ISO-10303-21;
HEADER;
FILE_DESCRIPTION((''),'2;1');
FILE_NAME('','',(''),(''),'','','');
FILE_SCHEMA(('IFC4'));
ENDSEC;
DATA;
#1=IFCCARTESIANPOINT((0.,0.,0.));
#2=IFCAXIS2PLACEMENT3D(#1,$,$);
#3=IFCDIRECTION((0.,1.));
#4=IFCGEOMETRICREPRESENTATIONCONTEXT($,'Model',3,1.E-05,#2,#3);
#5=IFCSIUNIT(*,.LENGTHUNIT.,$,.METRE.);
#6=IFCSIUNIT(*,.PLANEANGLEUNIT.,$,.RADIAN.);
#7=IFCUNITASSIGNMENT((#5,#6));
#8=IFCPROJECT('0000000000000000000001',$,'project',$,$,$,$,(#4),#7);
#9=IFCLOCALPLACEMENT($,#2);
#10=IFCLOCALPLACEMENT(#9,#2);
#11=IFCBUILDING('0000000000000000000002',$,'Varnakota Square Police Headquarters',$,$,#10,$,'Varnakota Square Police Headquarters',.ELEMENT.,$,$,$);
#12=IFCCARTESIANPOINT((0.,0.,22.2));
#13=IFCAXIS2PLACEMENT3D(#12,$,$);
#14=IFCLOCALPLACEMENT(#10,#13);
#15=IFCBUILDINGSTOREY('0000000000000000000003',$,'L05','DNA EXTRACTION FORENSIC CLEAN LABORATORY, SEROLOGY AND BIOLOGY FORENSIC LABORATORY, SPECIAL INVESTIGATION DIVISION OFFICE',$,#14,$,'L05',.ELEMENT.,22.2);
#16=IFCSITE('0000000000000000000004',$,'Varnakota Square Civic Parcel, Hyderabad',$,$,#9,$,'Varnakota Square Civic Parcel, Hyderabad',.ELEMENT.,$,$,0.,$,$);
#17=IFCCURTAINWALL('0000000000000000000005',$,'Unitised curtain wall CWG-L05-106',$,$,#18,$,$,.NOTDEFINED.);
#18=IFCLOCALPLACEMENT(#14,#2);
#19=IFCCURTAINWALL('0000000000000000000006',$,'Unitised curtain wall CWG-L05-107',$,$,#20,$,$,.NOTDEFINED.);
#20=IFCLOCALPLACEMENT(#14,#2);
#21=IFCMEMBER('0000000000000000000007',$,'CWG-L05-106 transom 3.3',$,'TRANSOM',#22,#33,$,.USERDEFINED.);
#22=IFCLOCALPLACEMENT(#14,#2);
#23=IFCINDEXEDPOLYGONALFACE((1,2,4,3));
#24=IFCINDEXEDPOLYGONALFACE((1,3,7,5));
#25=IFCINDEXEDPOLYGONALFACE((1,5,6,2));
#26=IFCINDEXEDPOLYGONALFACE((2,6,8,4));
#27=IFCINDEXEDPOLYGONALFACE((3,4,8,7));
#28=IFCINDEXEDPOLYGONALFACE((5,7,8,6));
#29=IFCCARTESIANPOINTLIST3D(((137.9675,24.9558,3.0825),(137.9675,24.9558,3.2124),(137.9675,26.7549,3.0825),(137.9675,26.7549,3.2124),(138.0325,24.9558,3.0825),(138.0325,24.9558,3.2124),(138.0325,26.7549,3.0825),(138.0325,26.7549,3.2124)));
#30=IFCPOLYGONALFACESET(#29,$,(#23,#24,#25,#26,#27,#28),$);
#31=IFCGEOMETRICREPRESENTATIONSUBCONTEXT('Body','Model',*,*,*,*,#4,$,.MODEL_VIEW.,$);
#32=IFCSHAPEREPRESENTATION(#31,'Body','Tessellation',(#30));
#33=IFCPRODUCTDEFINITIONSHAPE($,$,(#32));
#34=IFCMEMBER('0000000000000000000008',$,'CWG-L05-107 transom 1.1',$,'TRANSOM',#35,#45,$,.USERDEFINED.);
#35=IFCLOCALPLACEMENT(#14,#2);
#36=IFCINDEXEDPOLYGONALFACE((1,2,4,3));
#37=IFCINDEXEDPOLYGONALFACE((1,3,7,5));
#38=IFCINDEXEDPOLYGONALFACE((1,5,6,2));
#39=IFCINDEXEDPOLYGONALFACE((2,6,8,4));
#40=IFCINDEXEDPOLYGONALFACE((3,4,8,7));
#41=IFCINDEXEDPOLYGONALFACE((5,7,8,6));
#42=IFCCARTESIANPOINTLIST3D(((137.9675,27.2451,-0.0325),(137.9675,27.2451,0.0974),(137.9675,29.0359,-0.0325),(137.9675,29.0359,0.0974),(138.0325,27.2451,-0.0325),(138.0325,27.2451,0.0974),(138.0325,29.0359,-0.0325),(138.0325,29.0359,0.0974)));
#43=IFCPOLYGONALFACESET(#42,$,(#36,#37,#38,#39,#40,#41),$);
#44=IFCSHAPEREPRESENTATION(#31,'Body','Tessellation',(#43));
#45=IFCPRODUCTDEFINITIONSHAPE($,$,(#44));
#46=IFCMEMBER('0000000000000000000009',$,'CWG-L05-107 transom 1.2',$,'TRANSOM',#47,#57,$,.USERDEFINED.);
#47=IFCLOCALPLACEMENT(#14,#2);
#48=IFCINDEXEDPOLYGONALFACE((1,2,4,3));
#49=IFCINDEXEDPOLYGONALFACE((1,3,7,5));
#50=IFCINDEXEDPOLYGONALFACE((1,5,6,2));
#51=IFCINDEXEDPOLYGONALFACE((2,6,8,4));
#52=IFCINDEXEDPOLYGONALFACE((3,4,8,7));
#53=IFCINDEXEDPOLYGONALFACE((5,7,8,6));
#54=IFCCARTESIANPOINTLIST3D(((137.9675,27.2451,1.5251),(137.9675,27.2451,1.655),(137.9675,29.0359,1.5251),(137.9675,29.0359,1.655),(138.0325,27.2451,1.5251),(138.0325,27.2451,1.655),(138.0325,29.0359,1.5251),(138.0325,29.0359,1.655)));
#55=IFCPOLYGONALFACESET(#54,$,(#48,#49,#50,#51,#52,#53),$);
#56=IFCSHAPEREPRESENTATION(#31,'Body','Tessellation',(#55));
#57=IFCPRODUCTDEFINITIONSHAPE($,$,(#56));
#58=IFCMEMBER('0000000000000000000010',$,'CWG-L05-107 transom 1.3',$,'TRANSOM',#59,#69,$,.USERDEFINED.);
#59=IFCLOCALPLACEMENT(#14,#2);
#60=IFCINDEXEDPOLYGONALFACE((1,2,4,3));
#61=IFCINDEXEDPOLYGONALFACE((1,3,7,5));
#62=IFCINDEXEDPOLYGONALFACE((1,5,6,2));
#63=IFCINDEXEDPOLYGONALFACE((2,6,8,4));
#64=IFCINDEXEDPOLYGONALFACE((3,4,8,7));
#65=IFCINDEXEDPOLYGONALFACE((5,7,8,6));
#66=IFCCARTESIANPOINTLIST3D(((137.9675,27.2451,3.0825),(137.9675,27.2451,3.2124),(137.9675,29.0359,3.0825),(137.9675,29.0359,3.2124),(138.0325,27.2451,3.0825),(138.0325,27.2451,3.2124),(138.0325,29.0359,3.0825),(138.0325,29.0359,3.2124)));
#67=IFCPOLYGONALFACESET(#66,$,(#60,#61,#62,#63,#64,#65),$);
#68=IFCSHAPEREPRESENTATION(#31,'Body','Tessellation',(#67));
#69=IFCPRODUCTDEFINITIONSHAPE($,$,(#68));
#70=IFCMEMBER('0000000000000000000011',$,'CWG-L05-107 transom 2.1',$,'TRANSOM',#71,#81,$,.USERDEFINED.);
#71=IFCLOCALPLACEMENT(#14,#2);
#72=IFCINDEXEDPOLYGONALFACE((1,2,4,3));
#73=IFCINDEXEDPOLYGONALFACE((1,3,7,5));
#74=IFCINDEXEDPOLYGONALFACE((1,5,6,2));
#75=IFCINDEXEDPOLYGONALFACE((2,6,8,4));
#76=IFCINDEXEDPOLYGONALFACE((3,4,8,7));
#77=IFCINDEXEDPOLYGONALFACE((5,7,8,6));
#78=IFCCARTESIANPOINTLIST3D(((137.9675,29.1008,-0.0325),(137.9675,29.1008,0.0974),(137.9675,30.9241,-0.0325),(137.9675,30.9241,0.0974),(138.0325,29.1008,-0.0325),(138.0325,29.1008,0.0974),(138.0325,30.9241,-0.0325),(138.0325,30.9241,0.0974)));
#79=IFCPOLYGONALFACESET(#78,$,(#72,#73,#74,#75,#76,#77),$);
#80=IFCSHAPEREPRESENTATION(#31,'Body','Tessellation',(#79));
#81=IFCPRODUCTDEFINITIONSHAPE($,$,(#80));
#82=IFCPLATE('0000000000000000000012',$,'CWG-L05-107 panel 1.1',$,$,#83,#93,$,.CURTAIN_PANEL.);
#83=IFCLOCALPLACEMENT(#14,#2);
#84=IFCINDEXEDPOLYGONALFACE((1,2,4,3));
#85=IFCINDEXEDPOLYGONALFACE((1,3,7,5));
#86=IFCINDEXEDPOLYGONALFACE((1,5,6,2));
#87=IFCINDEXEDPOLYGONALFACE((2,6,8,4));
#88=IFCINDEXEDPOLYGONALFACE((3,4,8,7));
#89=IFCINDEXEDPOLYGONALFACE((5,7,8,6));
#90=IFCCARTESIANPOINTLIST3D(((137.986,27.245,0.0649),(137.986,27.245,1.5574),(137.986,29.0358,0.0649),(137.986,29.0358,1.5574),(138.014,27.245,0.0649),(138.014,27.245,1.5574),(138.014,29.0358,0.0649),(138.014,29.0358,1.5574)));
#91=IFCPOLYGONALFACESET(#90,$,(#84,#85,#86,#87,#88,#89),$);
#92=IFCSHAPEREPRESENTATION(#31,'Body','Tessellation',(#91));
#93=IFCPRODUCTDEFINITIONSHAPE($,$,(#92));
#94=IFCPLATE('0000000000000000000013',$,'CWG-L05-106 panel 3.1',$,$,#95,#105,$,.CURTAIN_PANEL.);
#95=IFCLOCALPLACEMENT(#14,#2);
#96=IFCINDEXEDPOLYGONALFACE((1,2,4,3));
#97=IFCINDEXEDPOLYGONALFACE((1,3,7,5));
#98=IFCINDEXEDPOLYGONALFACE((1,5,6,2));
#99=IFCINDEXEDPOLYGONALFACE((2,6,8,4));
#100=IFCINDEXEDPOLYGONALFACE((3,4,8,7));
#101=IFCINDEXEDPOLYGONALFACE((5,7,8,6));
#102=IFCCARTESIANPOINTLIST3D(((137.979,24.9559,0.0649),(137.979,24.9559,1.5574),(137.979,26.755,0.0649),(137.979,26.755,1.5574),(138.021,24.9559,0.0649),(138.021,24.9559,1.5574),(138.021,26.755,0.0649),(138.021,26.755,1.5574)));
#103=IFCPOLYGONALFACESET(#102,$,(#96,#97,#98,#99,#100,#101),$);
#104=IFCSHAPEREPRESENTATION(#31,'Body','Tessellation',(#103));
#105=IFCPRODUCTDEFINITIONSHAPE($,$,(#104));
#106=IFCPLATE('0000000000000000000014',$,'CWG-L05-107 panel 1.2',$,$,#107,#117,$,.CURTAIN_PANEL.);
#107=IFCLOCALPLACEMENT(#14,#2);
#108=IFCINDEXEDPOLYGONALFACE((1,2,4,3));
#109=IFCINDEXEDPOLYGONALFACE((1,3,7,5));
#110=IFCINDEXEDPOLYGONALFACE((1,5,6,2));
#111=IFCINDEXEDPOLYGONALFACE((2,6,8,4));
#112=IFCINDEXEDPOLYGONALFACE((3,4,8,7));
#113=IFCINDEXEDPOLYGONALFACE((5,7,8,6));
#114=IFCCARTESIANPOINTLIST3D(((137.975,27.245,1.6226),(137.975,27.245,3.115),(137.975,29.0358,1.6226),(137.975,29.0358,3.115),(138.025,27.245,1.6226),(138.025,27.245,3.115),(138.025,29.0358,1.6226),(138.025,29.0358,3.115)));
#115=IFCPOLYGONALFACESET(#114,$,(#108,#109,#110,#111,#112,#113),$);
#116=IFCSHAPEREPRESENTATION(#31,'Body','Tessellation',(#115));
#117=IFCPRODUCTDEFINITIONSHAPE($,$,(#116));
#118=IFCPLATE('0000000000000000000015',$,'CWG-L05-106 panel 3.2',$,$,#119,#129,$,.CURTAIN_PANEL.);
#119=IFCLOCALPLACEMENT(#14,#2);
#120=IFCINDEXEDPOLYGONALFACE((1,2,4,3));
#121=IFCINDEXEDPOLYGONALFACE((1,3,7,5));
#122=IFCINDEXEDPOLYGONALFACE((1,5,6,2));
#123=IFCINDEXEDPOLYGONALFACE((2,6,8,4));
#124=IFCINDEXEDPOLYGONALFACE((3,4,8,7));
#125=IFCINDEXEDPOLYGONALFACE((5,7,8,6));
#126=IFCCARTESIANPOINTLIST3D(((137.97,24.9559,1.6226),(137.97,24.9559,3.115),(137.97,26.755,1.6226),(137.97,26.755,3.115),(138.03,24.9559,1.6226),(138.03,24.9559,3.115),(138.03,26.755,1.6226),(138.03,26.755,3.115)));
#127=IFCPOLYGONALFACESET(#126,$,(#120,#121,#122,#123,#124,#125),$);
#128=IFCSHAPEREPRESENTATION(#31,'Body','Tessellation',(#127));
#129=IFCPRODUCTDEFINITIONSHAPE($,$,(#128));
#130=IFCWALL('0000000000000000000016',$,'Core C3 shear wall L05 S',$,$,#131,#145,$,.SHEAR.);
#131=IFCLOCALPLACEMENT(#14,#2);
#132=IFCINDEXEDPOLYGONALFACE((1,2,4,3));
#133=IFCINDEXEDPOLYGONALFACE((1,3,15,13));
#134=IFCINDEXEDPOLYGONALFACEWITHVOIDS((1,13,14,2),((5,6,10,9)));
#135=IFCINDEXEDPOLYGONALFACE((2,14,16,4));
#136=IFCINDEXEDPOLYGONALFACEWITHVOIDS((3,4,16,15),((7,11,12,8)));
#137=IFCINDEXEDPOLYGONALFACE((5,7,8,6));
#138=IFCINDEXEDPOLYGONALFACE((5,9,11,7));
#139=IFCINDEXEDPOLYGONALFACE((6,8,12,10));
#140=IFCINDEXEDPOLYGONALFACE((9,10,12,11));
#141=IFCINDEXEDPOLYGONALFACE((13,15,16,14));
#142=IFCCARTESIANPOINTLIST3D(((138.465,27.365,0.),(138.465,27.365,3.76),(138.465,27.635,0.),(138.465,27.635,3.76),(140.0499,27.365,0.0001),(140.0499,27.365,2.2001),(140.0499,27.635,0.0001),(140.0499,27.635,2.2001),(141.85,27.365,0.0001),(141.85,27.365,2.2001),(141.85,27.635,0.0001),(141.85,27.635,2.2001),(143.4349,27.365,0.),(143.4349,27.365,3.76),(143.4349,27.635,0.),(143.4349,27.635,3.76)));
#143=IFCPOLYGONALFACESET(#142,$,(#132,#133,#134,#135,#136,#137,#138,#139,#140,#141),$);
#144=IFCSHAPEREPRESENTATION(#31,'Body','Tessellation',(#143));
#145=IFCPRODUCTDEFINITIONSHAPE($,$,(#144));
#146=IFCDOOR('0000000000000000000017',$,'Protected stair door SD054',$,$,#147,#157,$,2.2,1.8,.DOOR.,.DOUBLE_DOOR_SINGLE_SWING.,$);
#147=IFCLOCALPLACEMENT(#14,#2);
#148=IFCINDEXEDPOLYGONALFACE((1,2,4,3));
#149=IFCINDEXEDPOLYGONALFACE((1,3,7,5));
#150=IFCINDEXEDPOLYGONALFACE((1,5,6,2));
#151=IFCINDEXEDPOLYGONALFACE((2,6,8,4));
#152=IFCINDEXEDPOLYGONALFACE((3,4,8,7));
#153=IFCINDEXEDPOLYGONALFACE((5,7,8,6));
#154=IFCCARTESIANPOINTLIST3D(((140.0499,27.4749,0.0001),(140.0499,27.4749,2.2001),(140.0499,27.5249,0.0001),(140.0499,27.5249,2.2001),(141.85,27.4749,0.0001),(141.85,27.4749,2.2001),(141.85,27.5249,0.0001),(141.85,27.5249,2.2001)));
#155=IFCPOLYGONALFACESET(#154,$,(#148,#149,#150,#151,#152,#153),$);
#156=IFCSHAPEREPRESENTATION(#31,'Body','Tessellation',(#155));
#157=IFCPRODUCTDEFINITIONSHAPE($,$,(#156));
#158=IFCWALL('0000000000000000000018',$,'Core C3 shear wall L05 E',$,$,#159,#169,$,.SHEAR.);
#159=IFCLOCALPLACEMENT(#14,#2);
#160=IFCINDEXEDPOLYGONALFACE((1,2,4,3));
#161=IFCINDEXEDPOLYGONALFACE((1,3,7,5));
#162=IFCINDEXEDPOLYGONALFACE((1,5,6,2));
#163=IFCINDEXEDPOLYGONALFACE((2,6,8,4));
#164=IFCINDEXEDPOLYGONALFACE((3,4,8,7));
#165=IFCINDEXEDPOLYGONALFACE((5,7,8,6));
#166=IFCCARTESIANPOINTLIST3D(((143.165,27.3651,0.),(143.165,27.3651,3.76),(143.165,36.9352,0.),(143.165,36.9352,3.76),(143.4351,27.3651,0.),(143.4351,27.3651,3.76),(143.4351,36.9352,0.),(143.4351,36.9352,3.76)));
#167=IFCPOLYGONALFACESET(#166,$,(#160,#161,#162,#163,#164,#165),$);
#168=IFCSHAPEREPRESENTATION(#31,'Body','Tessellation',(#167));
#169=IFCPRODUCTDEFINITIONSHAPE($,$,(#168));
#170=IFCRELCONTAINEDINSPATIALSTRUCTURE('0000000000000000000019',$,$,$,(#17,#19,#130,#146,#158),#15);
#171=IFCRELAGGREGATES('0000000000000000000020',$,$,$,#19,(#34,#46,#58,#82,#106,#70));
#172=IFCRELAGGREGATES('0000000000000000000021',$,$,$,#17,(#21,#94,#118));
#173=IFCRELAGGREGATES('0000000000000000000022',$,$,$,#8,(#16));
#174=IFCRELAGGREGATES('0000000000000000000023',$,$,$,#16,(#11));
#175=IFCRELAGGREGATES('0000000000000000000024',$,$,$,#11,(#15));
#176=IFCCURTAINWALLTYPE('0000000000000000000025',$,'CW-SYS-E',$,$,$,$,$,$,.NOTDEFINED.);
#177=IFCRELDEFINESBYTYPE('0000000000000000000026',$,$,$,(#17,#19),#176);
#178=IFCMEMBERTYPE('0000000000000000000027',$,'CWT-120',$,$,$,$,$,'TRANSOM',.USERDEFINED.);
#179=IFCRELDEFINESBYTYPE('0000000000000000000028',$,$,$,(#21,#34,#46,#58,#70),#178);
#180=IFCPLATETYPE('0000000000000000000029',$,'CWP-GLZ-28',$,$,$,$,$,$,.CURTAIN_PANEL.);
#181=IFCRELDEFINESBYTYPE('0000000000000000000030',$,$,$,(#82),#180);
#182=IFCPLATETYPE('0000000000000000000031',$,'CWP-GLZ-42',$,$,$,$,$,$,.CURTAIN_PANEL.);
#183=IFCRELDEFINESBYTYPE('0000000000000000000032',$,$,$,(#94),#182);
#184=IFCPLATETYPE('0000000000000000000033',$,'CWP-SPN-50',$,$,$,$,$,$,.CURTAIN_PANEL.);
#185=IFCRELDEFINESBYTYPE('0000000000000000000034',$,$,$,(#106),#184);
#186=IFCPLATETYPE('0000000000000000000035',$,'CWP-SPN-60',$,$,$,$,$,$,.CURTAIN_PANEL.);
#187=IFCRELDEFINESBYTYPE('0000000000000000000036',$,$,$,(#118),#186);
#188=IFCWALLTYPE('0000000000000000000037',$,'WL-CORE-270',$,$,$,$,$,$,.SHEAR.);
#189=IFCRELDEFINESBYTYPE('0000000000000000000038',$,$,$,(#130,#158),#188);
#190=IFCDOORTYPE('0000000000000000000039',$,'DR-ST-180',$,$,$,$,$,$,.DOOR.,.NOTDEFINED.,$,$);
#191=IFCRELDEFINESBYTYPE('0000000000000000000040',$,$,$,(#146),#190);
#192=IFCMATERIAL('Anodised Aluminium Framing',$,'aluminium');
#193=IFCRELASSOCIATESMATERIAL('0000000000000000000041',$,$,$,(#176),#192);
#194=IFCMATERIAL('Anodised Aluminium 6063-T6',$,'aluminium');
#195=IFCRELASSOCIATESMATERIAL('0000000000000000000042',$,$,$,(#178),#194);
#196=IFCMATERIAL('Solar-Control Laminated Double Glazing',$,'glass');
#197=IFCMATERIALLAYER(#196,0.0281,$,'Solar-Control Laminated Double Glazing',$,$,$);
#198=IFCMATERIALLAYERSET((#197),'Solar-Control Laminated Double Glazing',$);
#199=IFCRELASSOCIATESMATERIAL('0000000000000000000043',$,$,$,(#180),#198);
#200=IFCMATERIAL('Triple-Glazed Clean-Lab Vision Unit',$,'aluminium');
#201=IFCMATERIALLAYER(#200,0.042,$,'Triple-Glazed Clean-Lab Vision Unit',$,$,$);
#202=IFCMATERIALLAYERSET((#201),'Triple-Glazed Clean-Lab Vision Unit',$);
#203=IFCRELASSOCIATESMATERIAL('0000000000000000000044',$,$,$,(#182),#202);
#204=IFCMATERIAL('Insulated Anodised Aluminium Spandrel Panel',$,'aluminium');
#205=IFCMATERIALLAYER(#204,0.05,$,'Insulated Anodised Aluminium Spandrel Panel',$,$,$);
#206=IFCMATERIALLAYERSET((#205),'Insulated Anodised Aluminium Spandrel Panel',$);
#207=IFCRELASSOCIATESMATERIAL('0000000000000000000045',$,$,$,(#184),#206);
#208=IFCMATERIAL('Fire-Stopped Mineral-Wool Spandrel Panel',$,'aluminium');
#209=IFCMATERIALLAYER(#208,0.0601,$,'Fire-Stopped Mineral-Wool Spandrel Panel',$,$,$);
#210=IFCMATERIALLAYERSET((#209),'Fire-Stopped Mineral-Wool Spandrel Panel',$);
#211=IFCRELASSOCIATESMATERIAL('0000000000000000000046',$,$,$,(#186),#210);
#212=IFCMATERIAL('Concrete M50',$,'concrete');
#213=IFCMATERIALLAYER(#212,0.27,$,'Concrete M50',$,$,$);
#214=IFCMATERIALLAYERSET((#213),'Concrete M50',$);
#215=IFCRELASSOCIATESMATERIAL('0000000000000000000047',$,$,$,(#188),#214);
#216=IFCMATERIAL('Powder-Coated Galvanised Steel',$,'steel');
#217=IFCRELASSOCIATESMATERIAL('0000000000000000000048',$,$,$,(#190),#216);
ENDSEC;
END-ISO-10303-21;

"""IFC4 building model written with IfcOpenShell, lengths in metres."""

from ifc_helpers import new_model, si_unit, direction, frame, frame_2d, origin, origin_2d, place, context, subcontext, project, spatial, rectangle, extrude, material, layer, layer_set, material_profile, profile_set, type_object, element, fill, aggregate, save


model = new_model("IFC4")

# Units and contexts
model_context = context("Model", 3, precision=1e-05, world=origin(), true_north=direction((0.0, 1.0)))
body_context = subcontext(model_context, "Body", "Model", "MODEL_VIEW")
ifc_project = project(units=[si_unit("LENGTHUNIT", "METRE"), si_unit("PLANEANGLEUNIT", "RADIAN")], contexts=[model_context])

# Site, building, storey
site_placement = place(None, origin())
site = spatial("IfcSite", under=ifc_project, at=site_placement, Name="Varnakota Square Civic Parcel, Hyderabad", LongName="Varnakota Square Civic Parcel, Hyderabad", CompositionType="ELEMENT", RefElevation=0.0)
building_placement = place(site_placement, origin())
building = spatial("IfcBuilding", under=site, at=building_placement, Name="Varnakota Square Police Headquarters", LongName="Varnakota Square Police Headquarters", CompositionType="ELEMENT")
storey_placement = place(building_placement, frame((0.0, 0.0, 22.2)))
storey = spatial("IfcBuildingStorey", under=building, at=storey_placement, Name="L05", Description="DNA EXTRACTION FORENSIC CLEAN LABORATORY, SEROLOGY AND BIOLOGY FORENSIC LABORATORY, SPECIAL INVESTIGATION DIVISION OFFICE", LongName="L05", CompositionType="ELEMENT", Elevation=22.2)

# Curtain wall
ifc_material_1 = material(Name="Anodised Aluminium Framing", Category="aluminium")
curtain_wall_type = type_object("IfcCurtainWallType", Name="CW-SYS-E", PredefinedType="NOTDEFINED", material=ifc_material_1)
curtain_wall_1_placement = place(storey_placement, origin())
curtain_wall_1 = element("IfcCurtainWall", 1, at=curtain_wall_1_placement, inside=storey, type_object=curtain_wall_type, Name="Unitised curtain wall CWG-L05-106", PredefinedType="NOTDEFINED")
ifc_material_2 = material(Name="Anodised Aluminium 6063-T6", Category="aluminium")

# Curtain wall
curtain_wall_2_placement = place(storey_placement, origin())
curtain_wall_2 = element("IfcCurtainWall", 2, at=curtain_wall_2_placement, inside=storey, type_object=curtain_wall_type, Name="Unitised curtain wall CWG-L05-107", PredefinedType="NOTDEFINED")

# Members
ifc_material_profile_1 = material_profile(ifc_material_2, rectangle(XDim=0.0649, YDim=0.1299, at=origin_2d()), Name="ALU TRANSOM 65x130")
ifc_profile_set_1 = profile_set([ifc_material_profile_1], Name="Anodised Aluminium 6063-T6")
member_type_1 = type_object("IfcMemberType", Name="CWT-120", ElementType="TRANSOM", PredefinedType="USERDEFINED", material=ifc_profile_set_1)
member_1_placement = place(storey_placement, frame((138.0, 24.9558, 3.1475), z_axis=(0.0, 1.0, 0.0), x_axis=(-1.0, 0.0, 0.0)))
member_1 = element("IfcMember", 3, at=member_1_placement, type_object=member_type_1, Name="CWG-L05-106 transom 3.3", ObjectType="TRANSOM", PredefinedType="USERDEFINED", context=body_context, shape_type="SweptSolid", body=[
    extrude(rectangle(XDim=0.0649, YDim=0.1299, at=origin_2d()), origin(), (0.0, 0.0, 1.0), 1.7991),
])
member_2_placement = place(storey_placement, frame((138.0, 27.2451, 0.0325), z_axis=(0.0, 1.0, 0.0), x_axis=(-1.0, 0.0, 0.0)))
member_2 = element("IfcMember", 4, at=member_2_placement, type_object=member_type_1, Name="CWG-L05-107 transom 1.1", ObjectType="TRANSOM", PredefinedType="USERDEFINED", context=body_context, shape_type="SweptSolid", body=[
    extrude(rectangle(XDim=0.0649, YDim=0.1299, at=origin_2d()), origin(), (0.0, 0.0, 1.0), 1.7908),
])
member_3_placement = place(storey_placement, frame((138.0, 27.2451, 1.5901), z_axis=(0.0, 1.0, 0.0), x_axis=(-1.0, 0.0, 0.0)))
member_3 = element("IfcMember", 5, at=member_3_placement, type_object=member_type_1, Name="CWG-L05-107 transom 1.2", ObjectType="TRANSOM", PredefinedType="USERDEFINED", context=body_context, shape_type="SweptSolid", body=[
    extrude(rectangle(XDim=0.0649, YDim=0.1299, at=origin_2d()), origin(), (0.0, 0.0, 1.0), 1.7908),
])
member_4_placement = place(storey_placement, frame((138.0, 27.2451, 3.1475), z_axis=(0.0, 1.0, 0.0), x_axis=(-1.0, 0.0, 0.0)))
member_4 = element("IfcMember", 6, at=member_4_placement, type_object=member_type_1, Name="CWG-L05-107 transom 1.3", ObjectType="TRANSOM", PredefinedType="USERDEFINED", context=body_context, shape_type="SweptSolid", body=[
    extrude(rectangle(XDim=0.0649, YDim=0.1299, at=origin_2d()), origin(), (0.0, 0.0, 1.0), 1.7908),
])
member_5_placement = place(storey_placement, frame((138.0, 29.1008, 0.0325), z_axis=(0.0, 1.0, 0.0), x_axis=(-1.0, 0.0, 0.0)))
member_5 = element("IfcMember", 7, at=member_5_placement, type_object=member_type_1, Name="CWG-L05-107 transom 2.1", ObjectType="TRANSOM", PredefinedType="USERDEFINED", context=body_context, shape_type="SweptSolid", body=[
    extrude(rectangle(XDim=0.0649, YDim=0.1299, at=origin_2d()), origin(), (0.0, 0.0, 1.0), 1.8232),
])

# Plates
ifc_material_3 = material(Name="Solar-Control Laminated Double Glazing", Category="glass")
ifc_layer_1 = layer(ifc_material_3, 0.0281, Name="Solar-Control Laminated Double Glazing")
ifc_layer_set_1 = layer_set([ifc_layer_1], Name="Solar-Control Laminated Double Glazing")
plate_type_1 = type_object("IfcPlateType", Name="CWP-GLZ-28", PredefinedType="CURTAIN_PANEL", material=ifc_layer_set_1)
plate_1_placement = place(storey_placement, frame((138.0, 28.1404, 0.0649), z_axis=(0.0, 0.0, 1.0), x_axis=(0.0, 1.0, 0.0)))
plate_1 = element("IfcPlate", 8, at=plate_1_placement, type_object=plate_type_1, Name="CWG-L05-107 panel 1.1", PredefinedType="CURTAIN_PANEL", context=body_context, shape_type="SweptSolid", body=[
    extrude(rectangle(XDim=1.7908, YDim=0.0281, at=origin_2d()), origin(), (0.0, 0.0, 1.0), 1.4924),
])
ifc_material_4 = material(Name="Triple-Glazed Clean-Lab Vision Unit", Category="aluminium")
ifc_layer_2 = layer(ifc_material_4, 0.042, Name="Triple-Glazed Clean-Lab Vision Unit")
ifc_layer_set_2 = layer_set([ifc_layer_2], Name="Triple-Glazed Clean-Lab Vision Unit")
plate_type_2 = type_object("IfcPlateType", Name="CWP-GLZ-42", PredefinedType="CURTAIN_PANEL", material=ifc_layer_set_2)
plate_2_placement = place(storey_placement, frame((138.0, 25.8555, 0.0649), z_axis=(0.0, 0.0, 1.0), x_axis=(0.0, 1.0, 0.0)))
plate_2 = element("IfcPlate", 9, at=plate_2_placement, type_object=plate_type_2, Name="CWG-L05-106 panel 3.1", PredefinedType="CURTAIN_PANEL", context=body_context, shape_type="SweptSolid", body=[
    extrude(rectangle(XDim=1.7991, YDim=0.042, at=origin_2d()), origin(), (0.0, 0.0, 1.0), 1.4924),
])
ifc_material_5 = material(Name="Insulated Anodised Aluminium Spandrel Panel", Category="aluminium")
ifc_layer_3 = layer(ifc_material_5, 0.05, Name="Insulated Anodised Aluminium Spandrel Panel")
ifc_layer_set_3 = layer_set([ifc_layer_3], Name="Insulated Anodised Aluminium Spandrel Panel")
plate_type_3 = type_object("IfcPlateType", Name="CWP-SPN-50", PredefinedType="CURTAIN_PANEL", material=ifc_layer_set_3)
plate_3_placement = place(storey_placement, frame((138.0, 28.1404, 1.6226), z_axis=(0.0, 0.0, 1.0), x_axis=(0.0, 1.0, 0.0)))
plate_3 = element("IfcPlate", 10, at=plate_3_placement, type_object=plate_type_3, Name="CWG-L05-107 panel 1.2", PredefinedType="CURTAIN_PANEL", context=body_context, shape_type="SweptSolid", body=[
    extrude(rectangle(XDim=1.7908, YDim=0.05, at=origin_2d()), origin(), (0.0, 0.0, 1.0), 1.4924),
])
aggregate(curtain_wall_2, [member_2, member_3, member_4, plate_1, plate_3, member_5])
ifc_material_6 = material(Name="Fire-Stopped Mineral-Wool Spandrel Panel", Category="aluminium")
ifc_layer_4 = layer(ifc_material_6, 0.0601, Name="Fire-Stopped Mineral-Wool Spandrel Panel")
ifc_layer_set_4 = layer_set([ifc_layer_4], Name="Fire-Stopped Mineral-Wool Spandrel Panel")
plate_type_4 = type_object("IfcPlateType", Name="CWP-SPN-60", PredefinedType="CURTAIN_PANEL", material=ifc_layer_set_4)
plate_4_placement = place(storey_placement, frame((138.0, 25.8555, 1.6226), z_axis=(0.0, 0.0, 1.0), x_axis=(0.0, 1.0, 0.0)))
plate_4 = element("IfcPlate", 11, at=plate_4_placement, type_object=plate_type_4, Name="CWG-L05-106 panel 3.2", PredefinedType="CURTAIN_PANEL", context=body_context, shape_type="SweptSolid", body=[
    extrude(rectangle(XDim=1.7991, YDim=0.0601, at=origin_2d()), origin(), (0.0, 0.0, 1.0), 1.4924),
])
aggregate(curtain_wall_1, [member_1, plate_2, plate_4])

# Wall, opening, door
ifc_material_7 = material(Name="Concrete M50", Category="concrete")
ifc_layer_5 = layer(ifc_material_7, 0.27, Name="Concrete M50")
ifc_layer_set_5 = layer_set([ifc_layer_5], Name="Concrete M50")
wall_type = type_object("IfcWallType", Name="WL-CORE-270", PredefinedType="SHEAR", material=ifc_layer_set_5)
wall_1_placement = place(storey_placement, frame((138.4651, 27.5, 0.0), z_axis=(0.0, 0.0, 1.0), x_axis=(1.0, 0.0, 0.0)))
wall_1 = element("IfcWall", 12, at=wall_1_placement, inside=storey, type_object=wall_type, Name="Core C3 shear wall L05 S", PredefinedType="SHEAR", context=body_context, shape_type="SweptSolid", body=[
    extrude(rectangle(XDim=4.97, YDim=0.27, at=frame_2d((2.4849, 0.0))), origin(), (0.0, 0.0, 1.0), 3.76),
])
opening_placement = place(wall_1_placement, frame((1.585, 0.0, 0.0)))
opening = element("IfcOpeningElement", 13, at=opening_placement, cuts=wall_1, PredefinedType="OPENING", context=body_context, shape_type="SweptSolid", body=[
    extrude(rectangle(XDim=1.8, YDim=2.2, at=frame_2d((0.8999, 1.1001))), frame((0.0, 0.145, 0.0), z_axis=(0.0, -1.0, 0.0), x_axis=(1.0, 0.0, 0.0)), (0.0, 0.0, 1.0), 0.29),
])
ifc_material_8 = material(Name="Powder-Coated Galvanised Steel", Category="steel")
door_type = type_object("IfcDoorType", Name="DR-ST-180", OperationType="NOTDEFINED", PredefinedType="DOOR", material=ifc_material_8)
door_placement = place(opening_placement, origin())
door = element("IfcDoor", 14, at=door_placement, inside=storey, type_object=door_type, Name="Protected stair door SD054", OperationType="DOUBLE_DOOR_SINGLE_SWING", OverallHeight=2.2, OverallWidth=1.8, PredefinedType="DOOR", context=body_context, shape_type="SweptSolid", body=[
    extrude(rectangle(XDim=1.8, YDim=2.2, at=frame_2d((0.8999, 1.1001))), frame((0.0, 0.0249, 0.0), z_axis=(0.0, -1.0, 0.0), x_axis=(1.0, 0.0, 0.0)), (0.0, 0.0, 1.0), 0.05),
])
fill(opening, door)

# Wall
wall_2_placement = place(storey_placement, frame((143.3, 27.365, 0.0), z_axis=(0.0, 0.0, 1.0), x_axis=(0.0, 1.0, 0.0)))
element("IfcWall", 15, at=wall_2_placement, inside=storey, type_object=wall_type, Name="Core C3 shear wall L05 E", PredefinedType="SHEAR", context=body_context, shape_type="SweptSolid", body=[
    extrude(rectangle(XDim=9.5701, YDim=0.27, at=frame_2d((4.7852, 0.0))), origin(), (0.0, 0.0, 1.0), 3.76),
])

save(model, "model.ifc")
